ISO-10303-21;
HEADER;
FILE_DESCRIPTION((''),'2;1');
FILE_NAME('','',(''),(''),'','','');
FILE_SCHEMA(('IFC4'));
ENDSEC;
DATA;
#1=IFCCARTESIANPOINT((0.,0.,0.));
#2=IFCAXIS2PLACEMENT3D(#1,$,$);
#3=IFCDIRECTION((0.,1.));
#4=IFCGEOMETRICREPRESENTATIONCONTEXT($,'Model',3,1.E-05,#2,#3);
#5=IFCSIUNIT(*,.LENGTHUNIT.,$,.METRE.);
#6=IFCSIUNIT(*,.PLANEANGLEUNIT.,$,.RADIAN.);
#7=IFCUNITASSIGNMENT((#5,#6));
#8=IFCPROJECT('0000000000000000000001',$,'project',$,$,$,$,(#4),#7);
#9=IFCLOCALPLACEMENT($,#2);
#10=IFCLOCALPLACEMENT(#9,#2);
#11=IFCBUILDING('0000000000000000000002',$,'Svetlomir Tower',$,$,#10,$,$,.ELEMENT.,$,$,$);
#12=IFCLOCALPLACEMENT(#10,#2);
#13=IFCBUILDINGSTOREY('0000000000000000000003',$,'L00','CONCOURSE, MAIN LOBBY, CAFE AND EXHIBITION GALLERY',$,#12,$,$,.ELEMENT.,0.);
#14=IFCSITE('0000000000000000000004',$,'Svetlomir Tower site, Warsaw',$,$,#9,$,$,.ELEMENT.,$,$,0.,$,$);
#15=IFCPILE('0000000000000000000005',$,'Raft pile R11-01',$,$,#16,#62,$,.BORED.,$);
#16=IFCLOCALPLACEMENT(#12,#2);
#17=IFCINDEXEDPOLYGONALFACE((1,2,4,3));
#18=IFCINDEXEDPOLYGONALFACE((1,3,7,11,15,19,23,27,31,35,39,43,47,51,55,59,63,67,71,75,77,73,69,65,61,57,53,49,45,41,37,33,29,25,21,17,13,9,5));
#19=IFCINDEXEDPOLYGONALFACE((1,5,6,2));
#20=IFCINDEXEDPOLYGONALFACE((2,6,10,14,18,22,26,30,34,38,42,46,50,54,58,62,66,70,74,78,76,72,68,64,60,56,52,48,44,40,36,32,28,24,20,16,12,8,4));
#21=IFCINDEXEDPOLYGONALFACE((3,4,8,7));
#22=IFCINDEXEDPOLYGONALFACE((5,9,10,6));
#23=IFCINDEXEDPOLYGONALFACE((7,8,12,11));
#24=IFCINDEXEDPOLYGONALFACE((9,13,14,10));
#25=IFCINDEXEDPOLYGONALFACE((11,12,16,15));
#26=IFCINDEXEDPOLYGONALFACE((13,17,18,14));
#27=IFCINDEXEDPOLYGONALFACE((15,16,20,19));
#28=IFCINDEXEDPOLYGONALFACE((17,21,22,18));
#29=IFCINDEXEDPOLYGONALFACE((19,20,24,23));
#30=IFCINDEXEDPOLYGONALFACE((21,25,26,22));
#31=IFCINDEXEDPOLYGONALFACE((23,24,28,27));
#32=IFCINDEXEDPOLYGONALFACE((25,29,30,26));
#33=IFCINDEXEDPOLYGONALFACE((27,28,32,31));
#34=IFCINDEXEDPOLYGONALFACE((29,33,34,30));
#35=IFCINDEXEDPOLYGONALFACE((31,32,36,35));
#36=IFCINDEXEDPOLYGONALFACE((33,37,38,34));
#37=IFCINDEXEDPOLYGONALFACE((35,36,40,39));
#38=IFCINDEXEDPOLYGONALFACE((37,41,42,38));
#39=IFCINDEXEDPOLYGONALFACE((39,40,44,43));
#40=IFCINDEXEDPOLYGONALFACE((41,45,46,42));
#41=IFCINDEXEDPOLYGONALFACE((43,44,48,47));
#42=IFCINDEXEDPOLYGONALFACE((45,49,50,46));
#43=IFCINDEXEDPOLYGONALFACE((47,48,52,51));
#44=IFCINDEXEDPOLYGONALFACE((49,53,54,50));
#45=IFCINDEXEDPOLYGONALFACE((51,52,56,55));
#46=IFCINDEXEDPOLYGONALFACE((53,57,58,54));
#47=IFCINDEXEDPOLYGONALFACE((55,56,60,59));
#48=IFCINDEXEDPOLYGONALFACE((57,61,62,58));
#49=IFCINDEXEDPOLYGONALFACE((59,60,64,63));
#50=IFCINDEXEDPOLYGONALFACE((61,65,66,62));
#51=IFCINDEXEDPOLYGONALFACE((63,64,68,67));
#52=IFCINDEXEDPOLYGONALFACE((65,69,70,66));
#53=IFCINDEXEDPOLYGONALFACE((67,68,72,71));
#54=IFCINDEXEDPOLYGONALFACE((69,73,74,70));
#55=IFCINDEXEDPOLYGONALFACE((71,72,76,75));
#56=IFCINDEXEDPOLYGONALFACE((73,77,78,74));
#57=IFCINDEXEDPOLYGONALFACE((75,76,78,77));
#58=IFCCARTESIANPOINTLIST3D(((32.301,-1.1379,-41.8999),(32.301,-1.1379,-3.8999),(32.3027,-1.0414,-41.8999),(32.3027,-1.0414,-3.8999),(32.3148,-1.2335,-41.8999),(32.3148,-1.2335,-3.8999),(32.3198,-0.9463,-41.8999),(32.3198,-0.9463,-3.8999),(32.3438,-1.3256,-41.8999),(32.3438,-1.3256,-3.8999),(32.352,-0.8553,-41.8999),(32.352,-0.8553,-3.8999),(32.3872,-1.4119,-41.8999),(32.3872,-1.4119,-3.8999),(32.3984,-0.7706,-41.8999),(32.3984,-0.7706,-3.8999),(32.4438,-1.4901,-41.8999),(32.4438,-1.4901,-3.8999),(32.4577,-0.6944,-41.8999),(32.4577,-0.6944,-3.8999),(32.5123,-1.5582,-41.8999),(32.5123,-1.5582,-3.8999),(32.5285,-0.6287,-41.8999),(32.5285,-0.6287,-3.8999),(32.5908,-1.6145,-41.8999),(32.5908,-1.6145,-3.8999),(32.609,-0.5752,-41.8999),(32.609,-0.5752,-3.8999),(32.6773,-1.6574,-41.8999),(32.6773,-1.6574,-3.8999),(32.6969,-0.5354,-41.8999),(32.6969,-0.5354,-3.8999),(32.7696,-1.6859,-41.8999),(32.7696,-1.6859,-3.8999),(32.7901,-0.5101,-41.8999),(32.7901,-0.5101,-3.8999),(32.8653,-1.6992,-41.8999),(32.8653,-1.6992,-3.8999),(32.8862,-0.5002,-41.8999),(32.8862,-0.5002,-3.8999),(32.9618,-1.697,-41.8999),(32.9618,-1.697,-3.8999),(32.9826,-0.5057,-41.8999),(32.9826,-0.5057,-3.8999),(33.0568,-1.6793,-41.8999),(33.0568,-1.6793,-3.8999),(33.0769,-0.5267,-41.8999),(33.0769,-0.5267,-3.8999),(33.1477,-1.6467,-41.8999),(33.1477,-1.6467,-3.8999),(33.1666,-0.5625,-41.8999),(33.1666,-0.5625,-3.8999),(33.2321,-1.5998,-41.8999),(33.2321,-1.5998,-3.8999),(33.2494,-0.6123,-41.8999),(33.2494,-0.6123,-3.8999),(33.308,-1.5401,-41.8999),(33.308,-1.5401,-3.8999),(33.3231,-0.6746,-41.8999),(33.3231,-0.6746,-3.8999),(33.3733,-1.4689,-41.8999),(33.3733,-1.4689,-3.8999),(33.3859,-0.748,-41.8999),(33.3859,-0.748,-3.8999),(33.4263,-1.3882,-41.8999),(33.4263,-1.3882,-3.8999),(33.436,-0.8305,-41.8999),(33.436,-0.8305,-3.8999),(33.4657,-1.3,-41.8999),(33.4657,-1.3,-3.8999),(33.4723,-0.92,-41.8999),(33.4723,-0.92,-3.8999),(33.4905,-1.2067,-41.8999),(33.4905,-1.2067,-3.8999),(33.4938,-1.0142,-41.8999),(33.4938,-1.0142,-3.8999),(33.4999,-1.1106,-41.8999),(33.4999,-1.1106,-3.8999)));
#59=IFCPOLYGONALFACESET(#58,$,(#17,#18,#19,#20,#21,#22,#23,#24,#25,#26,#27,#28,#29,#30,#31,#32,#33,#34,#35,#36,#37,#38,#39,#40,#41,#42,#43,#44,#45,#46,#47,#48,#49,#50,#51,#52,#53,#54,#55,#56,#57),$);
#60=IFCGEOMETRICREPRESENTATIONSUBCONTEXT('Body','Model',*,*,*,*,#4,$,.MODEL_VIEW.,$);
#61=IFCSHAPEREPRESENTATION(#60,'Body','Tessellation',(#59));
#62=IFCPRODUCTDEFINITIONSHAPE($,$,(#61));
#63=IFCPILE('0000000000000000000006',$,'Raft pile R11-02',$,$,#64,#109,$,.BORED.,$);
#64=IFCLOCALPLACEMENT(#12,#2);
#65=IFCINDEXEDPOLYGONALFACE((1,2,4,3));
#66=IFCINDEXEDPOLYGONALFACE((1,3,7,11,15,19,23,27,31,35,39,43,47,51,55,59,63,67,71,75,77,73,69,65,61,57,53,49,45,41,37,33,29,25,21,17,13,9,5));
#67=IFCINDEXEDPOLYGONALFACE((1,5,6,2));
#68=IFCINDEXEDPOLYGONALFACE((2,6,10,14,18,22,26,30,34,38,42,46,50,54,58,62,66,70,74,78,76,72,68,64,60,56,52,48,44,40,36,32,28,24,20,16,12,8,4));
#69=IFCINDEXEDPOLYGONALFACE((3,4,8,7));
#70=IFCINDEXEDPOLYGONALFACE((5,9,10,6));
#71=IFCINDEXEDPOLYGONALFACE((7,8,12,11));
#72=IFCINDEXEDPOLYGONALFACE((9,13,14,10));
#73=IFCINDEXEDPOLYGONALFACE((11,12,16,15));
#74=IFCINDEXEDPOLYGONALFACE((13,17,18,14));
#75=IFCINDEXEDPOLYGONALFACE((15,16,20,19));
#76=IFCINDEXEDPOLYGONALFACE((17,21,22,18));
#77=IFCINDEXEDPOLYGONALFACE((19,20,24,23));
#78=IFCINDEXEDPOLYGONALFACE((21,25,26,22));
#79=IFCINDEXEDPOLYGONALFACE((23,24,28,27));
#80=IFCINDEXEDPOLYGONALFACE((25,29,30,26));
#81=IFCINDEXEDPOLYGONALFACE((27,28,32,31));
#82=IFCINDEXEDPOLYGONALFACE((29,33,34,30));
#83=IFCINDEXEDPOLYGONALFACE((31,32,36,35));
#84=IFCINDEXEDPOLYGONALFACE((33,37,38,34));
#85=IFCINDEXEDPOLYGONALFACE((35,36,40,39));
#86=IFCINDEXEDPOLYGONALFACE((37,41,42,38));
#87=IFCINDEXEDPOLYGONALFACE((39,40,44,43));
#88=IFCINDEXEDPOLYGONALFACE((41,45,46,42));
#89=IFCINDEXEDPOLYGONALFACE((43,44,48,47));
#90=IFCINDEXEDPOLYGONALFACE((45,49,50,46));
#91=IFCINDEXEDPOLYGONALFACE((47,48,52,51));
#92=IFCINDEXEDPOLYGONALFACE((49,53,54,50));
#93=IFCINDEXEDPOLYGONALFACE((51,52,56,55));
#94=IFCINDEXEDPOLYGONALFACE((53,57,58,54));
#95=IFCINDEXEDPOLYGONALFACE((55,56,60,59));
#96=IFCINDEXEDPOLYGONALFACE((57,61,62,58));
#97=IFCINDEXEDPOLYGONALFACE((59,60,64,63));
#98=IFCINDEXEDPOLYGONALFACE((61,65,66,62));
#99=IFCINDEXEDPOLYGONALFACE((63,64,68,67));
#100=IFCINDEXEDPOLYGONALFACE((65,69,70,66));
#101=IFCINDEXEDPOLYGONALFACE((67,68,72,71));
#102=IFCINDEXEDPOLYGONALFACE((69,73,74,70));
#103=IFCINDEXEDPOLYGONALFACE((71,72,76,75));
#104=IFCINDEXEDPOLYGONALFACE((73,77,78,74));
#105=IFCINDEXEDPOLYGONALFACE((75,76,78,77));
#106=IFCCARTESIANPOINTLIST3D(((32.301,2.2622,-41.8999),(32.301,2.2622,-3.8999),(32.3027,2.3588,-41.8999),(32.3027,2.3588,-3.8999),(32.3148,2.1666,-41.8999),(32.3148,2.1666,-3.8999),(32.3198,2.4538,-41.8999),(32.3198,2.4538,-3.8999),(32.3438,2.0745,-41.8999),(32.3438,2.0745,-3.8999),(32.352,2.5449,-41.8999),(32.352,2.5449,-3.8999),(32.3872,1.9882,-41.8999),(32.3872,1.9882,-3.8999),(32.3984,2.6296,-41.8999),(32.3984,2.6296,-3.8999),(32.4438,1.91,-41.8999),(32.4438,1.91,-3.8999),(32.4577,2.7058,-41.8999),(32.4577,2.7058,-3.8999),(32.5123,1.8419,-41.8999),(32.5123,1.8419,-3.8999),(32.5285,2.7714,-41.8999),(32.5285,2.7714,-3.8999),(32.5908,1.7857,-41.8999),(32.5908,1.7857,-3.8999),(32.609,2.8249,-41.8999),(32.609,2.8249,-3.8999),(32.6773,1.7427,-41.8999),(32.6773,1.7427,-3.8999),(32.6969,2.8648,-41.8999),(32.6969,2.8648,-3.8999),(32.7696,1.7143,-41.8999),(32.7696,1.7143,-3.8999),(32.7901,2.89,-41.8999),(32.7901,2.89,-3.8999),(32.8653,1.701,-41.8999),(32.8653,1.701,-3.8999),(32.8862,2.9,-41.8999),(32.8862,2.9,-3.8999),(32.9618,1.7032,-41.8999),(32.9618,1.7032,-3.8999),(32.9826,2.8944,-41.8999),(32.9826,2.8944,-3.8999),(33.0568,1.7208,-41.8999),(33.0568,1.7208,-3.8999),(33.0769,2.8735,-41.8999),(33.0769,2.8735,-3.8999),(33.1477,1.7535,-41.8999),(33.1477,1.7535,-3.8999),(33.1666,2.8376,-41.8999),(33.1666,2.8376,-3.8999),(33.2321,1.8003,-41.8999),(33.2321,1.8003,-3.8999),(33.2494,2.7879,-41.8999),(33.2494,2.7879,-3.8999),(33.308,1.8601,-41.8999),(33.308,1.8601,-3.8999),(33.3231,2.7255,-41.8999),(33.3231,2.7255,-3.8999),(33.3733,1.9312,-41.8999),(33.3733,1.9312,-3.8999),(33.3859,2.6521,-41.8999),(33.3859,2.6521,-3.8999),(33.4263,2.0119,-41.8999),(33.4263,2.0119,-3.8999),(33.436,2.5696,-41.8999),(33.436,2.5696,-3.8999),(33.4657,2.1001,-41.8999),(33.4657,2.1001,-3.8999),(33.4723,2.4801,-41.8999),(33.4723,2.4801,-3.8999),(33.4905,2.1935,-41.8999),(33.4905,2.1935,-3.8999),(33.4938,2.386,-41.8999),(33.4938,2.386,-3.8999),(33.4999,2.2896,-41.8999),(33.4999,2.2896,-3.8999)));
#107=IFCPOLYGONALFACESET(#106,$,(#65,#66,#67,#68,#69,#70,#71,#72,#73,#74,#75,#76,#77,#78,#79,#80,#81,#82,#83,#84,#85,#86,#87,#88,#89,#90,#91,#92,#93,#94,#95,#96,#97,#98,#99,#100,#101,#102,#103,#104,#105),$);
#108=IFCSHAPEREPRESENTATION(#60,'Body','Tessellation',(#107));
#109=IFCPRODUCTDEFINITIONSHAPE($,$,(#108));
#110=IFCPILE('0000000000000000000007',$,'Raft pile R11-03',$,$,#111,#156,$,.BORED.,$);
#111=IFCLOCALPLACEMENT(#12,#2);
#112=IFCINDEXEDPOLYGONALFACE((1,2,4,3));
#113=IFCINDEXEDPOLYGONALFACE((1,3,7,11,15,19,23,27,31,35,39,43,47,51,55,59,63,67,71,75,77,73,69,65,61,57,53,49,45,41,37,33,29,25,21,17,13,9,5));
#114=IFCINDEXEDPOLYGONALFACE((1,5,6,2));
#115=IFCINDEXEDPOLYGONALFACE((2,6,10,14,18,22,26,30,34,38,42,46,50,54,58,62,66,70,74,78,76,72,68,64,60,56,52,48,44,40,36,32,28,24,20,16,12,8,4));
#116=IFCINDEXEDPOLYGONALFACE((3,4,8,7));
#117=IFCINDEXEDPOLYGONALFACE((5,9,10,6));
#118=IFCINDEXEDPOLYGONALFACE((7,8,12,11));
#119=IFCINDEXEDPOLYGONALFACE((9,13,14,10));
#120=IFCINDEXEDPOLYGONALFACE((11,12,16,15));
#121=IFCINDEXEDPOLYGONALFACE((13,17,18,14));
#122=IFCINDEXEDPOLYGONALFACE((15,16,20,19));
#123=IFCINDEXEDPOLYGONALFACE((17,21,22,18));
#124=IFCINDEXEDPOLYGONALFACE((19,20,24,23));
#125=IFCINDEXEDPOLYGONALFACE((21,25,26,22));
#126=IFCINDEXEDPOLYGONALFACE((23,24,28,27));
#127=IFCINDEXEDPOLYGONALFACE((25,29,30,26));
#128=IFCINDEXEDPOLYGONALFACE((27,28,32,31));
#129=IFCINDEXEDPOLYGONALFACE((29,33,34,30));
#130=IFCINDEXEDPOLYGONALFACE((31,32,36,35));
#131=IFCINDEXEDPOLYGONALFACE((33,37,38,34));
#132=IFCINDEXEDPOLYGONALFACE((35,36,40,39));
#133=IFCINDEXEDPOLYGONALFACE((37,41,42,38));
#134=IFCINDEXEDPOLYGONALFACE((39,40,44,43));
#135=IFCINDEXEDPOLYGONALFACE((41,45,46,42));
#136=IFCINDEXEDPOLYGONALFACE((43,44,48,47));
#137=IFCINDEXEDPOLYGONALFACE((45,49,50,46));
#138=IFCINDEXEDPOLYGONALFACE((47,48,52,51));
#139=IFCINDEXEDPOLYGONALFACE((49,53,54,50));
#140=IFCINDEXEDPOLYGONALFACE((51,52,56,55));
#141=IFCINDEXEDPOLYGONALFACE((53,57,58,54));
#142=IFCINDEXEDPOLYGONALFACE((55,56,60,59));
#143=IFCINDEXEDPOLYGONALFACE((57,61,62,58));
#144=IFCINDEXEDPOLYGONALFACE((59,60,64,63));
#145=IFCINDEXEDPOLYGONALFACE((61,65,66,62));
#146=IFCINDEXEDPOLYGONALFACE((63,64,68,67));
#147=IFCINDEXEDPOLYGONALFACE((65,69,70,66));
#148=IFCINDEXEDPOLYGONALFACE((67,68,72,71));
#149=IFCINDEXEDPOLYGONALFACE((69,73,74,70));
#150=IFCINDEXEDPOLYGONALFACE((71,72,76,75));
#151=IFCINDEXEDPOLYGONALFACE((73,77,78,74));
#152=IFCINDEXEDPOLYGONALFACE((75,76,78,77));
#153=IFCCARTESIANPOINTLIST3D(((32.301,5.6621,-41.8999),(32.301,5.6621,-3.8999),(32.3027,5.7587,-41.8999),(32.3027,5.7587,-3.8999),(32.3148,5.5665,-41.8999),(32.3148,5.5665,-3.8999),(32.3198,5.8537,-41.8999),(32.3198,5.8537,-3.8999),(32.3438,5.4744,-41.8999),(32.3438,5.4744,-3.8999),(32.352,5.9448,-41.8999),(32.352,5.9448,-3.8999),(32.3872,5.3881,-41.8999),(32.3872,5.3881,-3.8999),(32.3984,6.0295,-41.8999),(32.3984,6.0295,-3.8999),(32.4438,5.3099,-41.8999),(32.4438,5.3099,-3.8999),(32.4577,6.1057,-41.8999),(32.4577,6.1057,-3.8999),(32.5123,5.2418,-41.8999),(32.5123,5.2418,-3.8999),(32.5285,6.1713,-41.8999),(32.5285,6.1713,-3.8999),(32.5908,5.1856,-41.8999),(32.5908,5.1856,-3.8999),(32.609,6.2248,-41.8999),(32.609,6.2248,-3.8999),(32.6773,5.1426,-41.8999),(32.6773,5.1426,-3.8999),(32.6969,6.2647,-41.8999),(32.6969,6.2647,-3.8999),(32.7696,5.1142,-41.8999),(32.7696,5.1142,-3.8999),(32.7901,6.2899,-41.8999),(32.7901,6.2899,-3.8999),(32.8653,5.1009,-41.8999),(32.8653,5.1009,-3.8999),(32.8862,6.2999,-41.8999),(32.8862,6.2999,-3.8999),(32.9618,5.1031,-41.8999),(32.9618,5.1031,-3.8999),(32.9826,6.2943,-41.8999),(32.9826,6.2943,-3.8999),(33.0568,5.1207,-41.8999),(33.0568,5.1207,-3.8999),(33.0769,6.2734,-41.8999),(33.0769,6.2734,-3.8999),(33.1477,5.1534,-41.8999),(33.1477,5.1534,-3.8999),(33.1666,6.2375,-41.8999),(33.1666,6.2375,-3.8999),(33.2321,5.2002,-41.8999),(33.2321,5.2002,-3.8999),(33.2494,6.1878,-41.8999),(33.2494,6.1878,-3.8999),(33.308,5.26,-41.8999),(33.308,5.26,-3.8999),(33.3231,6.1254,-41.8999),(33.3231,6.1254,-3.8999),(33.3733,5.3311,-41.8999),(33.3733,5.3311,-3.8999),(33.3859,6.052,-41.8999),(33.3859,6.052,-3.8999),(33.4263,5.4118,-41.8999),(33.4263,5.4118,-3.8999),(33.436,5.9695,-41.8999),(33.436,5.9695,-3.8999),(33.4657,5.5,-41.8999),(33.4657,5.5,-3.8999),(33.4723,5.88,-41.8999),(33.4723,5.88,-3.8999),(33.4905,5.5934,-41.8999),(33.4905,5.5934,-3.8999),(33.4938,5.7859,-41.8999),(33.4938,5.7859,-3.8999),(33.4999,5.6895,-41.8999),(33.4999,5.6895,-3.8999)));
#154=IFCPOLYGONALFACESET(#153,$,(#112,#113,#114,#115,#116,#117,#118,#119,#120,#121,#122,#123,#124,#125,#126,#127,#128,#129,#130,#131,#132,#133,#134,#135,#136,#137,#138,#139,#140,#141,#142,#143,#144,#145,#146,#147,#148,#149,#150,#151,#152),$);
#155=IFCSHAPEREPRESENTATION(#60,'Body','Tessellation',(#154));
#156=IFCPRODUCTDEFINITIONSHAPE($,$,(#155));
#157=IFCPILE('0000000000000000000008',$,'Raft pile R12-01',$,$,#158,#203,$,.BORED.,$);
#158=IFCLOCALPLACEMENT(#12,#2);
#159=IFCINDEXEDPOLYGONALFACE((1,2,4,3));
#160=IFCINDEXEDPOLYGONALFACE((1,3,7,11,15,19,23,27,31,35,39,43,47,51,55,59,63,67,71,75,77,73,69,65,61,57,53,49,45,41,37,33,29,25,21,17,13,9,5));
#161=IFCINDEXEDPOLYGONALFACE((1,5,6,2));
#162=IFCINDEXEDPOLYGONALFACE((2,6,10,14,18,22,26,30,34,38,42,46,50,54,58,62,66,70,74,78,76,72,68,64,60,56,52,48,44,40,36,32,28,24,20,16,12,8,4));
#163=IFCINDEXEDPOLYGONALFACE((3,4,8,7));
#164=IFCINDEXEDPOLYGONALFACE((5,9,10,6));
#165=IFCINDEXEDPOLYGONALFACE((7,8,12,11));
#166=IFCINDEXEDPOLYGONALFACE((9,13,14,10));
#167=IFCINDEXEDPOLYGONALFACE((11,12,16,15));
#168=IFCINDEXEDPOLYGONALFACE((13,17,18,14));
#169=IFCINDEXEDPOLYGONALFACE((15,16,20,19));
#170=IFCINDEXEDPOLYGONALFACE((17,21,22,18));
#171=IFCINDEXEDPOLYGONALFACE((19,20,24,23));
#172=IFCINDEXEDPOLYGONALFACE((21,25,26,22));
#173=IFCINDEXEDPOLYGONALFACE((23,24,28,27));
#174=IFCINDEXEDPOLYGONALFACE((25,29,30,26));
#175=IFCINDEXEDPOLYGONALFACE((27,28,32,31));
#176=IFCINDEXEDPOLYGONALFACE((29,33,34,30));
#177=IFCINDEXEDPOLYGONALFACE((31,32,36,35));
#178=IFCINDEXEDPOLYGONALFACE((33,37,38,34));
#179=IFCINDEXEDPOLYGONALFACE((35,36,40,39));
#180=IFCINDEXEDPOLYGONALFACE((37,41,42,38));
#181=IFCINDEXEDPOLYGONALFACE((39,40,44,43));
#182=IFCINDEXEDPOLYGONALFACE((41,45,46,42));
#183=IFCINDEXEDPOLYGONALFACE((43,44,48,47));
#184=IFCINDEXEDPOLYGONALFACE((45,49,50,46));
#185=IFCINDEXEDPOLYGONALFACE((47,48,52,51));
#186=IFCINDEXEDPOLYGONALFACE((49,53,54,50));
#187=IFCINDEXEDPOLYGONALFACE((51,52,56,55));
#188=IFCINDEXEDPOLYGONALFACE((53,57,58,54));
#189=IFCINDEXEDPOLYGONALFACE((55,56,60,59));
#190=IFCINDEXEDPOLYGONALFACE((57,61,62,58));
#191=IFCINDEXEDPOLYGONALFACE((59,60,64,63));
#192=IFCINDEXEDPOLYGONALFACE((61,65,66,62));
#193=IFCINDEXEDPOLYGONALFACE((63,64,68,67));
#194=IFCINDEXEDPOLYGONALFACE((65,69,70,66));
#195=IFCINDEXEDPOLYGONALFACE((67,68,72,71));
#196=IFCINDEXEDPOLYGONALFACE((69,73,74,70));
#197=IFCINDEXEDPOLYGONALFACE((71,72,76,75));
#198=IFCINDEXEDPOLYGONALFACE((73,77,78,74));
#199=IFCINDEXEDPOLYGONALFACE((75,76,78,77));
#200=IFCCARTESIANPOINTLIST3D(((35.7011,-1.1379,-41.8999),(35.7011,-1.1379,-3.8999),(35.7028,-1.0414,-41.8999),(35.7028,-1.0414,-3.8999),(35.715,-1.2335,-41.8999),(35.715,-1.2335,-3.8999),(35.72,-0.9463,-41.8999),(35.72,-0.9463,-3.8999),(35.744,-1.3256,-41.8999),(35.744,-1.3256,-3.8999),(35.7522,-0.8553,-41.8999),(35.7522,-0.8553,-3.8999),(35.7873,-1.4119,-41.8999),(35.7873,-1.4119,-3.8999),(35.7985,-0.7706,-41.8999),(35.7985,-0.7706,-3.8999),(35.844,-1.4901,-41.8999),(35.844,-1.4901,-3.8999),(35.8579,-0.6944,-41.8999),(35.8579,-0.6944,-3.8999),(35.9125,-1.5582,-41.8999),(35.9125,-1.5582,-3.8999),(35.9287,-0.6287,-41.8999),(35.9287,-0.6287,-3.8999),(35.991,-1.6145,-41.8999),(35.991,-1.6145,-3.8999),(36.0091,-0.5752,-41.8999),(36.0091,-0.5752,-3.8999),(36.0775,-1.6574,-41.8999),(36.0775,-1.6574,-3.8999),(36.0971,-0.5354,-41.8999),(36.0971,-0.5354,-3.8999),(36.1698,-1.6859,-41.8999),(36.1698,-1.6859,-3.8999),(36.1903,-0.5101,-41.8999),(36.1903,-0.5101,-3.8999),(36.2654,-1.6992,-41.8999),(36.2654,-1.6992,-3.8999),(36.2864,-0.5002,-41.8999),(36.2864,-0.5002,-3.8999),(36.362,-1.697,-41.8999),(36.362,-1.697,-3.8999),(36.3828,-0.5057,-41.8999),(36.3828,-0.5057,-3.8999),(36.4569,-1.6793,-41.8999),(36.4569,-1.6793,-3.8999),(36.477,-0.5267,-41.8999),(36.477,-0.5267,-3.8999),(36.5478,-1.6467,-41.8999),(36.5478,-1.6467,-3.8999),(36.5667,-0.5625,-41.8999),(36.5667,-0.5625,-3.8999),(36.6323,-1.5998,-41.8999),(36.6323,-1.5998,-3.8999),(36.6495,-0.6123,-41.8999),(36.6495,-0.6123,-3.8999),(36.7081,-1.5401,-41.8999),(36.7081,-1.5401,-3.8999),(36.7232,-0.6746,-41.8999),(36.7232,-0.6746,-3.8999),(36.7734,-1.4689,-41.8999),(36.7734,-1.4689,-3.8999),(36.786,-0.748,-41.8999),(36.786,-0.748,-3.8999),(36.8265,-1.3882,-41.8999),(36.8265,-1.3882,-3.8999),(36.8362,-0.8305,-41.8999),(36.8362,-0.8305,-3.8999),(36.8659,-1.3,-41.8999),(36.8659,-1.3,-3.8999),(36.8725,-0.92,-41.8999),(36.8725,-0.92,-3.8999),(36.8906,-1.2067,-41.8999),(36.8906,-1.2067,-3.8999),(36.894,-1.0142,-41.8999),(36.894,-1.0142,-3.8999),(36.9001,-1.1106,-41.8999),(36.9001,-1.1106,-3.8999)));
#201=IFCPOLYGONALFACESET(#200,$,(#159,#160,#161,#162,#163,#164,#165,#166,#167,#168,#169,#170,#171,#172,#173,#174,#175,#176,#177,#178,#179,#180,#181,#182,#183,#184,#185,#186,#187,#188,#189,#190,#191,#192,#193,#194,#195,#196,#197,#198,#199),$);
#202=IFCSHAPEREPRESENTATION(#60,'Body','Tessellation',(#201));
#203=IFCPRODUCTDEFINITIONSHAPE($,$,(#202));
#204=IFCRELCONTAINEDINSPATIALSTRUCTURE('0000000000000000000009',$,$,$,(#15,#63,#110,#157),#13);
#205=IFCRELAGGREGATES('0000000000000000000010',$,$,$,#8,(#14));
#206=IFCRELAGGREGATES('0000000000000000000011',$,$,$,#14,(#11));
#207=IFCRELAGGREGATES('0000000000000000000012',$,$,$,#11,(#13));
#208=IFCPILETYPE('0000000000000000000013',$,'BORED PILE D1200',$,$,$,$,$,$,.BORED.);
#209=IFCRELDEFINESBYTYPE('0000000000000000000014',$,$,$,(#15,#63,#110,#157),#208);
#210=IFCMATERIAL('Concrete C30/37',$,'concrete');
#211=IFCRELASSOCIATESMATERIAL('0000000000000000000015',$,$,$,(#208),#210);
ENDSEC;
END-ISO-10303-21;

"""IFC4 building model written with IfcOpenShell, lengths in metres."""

from ifc_helpers import new_model, si_unit, direction, frame, frame_2d, origin, origin_2d, place, context, subcontext, project, spatial, circle, extrude, material, material_profile, profile_set, type_object, element, save


model = new_model("IFC4")

# Units and contexts
model_context = context("Model", 3, precision=1e-05, world=origin(), true_north=direction((0.0, 1.0)))
body_context = subcontext(model_context, "Body", "Model", "MODEL_VIEW")
ifc_project = project(units=[si_unit("LENGTHUNIT", "METRE"), si_unit("PLANEANGLEUNIT", "RADIAN")], contexts=[model_context])

# Site, building, storey
site_placement = place(None, origin())
site = spatial("IfcSite", under=ifc_project, at=site_placement, Name="Svetlomir Tower site, Warsaw", CompositionType="ELEMENT", RefElevation=0.0)
building_placement = place(site_placement, origin())
building = spatial("IfcBuilding", under=site, at=building_placement, Name="Svetlomir Tower", CompositionType="ELEMENT")
storey_placement = place(building_placement, origin())
storey = spatial("IfcBuildingStorey", under=building, at=storey_placement, Name="L00", Description="CONCOURSE, MAIN LOBBY, CAFE AND EXHIBITION GALLERY", CompositionType="ELEMENT", Elevation=0.0)

# Piles
ifc_material_1 = material(Name="Concrete C30/37", Category="concrete")
ifc_material_profile_1 = material_profile(ifc_material_1, circle(Radius=0.6001, at=origin_2d()), Name="D1200")
ifc_profile_set_1 = profile_set([ifc_material_profile_1], Name="Concrete C30/37")
pile_type = type_object("IfcPileType", Name="BORED PILE D1200", PredefinedType="BORED", material=ifc_profile_set_1)
for number, where, z_axis, x_axis, name in (
    (1, (32.8999, -1.1001, -3.8999), (0.0, 0.0, -1.0), (1.0, 0.0, 0.0), "Raft pile R11-01"),
    (2, (32.8999, 2.3, -3.8999), (0.0, 0.0, -1.0), (1.0, 0.0, 0.0), "Raft pile R11-02"),
    (3, (32.8999, 5.7, -3.8999), (0.0, 0.0, -1.0), (1.0, 0.0, 0.0), "Raft pile R11-03"),
    (4, (36.3, -1.1001, -3.8999), (0.0, 0.0, -1.0), (1.0, 0.0, 0.0), "Raft pile R12-01"),
):
    element("IfcPile", number, at=place(storey_placement, frame(where, z_axis=z_axis, x_axis=x_axis)), inside=storey, type_object=pile_type, Name=name, PredefinedType="BORED", context=body_context, shape_type="SweptSolid", body=[
        extrude(circle(Radius=0.6001, at=frame_2d((0.0, 0.0), x_axis=(0.999848, 0.017452))), origin(), (0.0, 0.0, 1.0), 38.0),
    ])

save(model, "model.ifc")
